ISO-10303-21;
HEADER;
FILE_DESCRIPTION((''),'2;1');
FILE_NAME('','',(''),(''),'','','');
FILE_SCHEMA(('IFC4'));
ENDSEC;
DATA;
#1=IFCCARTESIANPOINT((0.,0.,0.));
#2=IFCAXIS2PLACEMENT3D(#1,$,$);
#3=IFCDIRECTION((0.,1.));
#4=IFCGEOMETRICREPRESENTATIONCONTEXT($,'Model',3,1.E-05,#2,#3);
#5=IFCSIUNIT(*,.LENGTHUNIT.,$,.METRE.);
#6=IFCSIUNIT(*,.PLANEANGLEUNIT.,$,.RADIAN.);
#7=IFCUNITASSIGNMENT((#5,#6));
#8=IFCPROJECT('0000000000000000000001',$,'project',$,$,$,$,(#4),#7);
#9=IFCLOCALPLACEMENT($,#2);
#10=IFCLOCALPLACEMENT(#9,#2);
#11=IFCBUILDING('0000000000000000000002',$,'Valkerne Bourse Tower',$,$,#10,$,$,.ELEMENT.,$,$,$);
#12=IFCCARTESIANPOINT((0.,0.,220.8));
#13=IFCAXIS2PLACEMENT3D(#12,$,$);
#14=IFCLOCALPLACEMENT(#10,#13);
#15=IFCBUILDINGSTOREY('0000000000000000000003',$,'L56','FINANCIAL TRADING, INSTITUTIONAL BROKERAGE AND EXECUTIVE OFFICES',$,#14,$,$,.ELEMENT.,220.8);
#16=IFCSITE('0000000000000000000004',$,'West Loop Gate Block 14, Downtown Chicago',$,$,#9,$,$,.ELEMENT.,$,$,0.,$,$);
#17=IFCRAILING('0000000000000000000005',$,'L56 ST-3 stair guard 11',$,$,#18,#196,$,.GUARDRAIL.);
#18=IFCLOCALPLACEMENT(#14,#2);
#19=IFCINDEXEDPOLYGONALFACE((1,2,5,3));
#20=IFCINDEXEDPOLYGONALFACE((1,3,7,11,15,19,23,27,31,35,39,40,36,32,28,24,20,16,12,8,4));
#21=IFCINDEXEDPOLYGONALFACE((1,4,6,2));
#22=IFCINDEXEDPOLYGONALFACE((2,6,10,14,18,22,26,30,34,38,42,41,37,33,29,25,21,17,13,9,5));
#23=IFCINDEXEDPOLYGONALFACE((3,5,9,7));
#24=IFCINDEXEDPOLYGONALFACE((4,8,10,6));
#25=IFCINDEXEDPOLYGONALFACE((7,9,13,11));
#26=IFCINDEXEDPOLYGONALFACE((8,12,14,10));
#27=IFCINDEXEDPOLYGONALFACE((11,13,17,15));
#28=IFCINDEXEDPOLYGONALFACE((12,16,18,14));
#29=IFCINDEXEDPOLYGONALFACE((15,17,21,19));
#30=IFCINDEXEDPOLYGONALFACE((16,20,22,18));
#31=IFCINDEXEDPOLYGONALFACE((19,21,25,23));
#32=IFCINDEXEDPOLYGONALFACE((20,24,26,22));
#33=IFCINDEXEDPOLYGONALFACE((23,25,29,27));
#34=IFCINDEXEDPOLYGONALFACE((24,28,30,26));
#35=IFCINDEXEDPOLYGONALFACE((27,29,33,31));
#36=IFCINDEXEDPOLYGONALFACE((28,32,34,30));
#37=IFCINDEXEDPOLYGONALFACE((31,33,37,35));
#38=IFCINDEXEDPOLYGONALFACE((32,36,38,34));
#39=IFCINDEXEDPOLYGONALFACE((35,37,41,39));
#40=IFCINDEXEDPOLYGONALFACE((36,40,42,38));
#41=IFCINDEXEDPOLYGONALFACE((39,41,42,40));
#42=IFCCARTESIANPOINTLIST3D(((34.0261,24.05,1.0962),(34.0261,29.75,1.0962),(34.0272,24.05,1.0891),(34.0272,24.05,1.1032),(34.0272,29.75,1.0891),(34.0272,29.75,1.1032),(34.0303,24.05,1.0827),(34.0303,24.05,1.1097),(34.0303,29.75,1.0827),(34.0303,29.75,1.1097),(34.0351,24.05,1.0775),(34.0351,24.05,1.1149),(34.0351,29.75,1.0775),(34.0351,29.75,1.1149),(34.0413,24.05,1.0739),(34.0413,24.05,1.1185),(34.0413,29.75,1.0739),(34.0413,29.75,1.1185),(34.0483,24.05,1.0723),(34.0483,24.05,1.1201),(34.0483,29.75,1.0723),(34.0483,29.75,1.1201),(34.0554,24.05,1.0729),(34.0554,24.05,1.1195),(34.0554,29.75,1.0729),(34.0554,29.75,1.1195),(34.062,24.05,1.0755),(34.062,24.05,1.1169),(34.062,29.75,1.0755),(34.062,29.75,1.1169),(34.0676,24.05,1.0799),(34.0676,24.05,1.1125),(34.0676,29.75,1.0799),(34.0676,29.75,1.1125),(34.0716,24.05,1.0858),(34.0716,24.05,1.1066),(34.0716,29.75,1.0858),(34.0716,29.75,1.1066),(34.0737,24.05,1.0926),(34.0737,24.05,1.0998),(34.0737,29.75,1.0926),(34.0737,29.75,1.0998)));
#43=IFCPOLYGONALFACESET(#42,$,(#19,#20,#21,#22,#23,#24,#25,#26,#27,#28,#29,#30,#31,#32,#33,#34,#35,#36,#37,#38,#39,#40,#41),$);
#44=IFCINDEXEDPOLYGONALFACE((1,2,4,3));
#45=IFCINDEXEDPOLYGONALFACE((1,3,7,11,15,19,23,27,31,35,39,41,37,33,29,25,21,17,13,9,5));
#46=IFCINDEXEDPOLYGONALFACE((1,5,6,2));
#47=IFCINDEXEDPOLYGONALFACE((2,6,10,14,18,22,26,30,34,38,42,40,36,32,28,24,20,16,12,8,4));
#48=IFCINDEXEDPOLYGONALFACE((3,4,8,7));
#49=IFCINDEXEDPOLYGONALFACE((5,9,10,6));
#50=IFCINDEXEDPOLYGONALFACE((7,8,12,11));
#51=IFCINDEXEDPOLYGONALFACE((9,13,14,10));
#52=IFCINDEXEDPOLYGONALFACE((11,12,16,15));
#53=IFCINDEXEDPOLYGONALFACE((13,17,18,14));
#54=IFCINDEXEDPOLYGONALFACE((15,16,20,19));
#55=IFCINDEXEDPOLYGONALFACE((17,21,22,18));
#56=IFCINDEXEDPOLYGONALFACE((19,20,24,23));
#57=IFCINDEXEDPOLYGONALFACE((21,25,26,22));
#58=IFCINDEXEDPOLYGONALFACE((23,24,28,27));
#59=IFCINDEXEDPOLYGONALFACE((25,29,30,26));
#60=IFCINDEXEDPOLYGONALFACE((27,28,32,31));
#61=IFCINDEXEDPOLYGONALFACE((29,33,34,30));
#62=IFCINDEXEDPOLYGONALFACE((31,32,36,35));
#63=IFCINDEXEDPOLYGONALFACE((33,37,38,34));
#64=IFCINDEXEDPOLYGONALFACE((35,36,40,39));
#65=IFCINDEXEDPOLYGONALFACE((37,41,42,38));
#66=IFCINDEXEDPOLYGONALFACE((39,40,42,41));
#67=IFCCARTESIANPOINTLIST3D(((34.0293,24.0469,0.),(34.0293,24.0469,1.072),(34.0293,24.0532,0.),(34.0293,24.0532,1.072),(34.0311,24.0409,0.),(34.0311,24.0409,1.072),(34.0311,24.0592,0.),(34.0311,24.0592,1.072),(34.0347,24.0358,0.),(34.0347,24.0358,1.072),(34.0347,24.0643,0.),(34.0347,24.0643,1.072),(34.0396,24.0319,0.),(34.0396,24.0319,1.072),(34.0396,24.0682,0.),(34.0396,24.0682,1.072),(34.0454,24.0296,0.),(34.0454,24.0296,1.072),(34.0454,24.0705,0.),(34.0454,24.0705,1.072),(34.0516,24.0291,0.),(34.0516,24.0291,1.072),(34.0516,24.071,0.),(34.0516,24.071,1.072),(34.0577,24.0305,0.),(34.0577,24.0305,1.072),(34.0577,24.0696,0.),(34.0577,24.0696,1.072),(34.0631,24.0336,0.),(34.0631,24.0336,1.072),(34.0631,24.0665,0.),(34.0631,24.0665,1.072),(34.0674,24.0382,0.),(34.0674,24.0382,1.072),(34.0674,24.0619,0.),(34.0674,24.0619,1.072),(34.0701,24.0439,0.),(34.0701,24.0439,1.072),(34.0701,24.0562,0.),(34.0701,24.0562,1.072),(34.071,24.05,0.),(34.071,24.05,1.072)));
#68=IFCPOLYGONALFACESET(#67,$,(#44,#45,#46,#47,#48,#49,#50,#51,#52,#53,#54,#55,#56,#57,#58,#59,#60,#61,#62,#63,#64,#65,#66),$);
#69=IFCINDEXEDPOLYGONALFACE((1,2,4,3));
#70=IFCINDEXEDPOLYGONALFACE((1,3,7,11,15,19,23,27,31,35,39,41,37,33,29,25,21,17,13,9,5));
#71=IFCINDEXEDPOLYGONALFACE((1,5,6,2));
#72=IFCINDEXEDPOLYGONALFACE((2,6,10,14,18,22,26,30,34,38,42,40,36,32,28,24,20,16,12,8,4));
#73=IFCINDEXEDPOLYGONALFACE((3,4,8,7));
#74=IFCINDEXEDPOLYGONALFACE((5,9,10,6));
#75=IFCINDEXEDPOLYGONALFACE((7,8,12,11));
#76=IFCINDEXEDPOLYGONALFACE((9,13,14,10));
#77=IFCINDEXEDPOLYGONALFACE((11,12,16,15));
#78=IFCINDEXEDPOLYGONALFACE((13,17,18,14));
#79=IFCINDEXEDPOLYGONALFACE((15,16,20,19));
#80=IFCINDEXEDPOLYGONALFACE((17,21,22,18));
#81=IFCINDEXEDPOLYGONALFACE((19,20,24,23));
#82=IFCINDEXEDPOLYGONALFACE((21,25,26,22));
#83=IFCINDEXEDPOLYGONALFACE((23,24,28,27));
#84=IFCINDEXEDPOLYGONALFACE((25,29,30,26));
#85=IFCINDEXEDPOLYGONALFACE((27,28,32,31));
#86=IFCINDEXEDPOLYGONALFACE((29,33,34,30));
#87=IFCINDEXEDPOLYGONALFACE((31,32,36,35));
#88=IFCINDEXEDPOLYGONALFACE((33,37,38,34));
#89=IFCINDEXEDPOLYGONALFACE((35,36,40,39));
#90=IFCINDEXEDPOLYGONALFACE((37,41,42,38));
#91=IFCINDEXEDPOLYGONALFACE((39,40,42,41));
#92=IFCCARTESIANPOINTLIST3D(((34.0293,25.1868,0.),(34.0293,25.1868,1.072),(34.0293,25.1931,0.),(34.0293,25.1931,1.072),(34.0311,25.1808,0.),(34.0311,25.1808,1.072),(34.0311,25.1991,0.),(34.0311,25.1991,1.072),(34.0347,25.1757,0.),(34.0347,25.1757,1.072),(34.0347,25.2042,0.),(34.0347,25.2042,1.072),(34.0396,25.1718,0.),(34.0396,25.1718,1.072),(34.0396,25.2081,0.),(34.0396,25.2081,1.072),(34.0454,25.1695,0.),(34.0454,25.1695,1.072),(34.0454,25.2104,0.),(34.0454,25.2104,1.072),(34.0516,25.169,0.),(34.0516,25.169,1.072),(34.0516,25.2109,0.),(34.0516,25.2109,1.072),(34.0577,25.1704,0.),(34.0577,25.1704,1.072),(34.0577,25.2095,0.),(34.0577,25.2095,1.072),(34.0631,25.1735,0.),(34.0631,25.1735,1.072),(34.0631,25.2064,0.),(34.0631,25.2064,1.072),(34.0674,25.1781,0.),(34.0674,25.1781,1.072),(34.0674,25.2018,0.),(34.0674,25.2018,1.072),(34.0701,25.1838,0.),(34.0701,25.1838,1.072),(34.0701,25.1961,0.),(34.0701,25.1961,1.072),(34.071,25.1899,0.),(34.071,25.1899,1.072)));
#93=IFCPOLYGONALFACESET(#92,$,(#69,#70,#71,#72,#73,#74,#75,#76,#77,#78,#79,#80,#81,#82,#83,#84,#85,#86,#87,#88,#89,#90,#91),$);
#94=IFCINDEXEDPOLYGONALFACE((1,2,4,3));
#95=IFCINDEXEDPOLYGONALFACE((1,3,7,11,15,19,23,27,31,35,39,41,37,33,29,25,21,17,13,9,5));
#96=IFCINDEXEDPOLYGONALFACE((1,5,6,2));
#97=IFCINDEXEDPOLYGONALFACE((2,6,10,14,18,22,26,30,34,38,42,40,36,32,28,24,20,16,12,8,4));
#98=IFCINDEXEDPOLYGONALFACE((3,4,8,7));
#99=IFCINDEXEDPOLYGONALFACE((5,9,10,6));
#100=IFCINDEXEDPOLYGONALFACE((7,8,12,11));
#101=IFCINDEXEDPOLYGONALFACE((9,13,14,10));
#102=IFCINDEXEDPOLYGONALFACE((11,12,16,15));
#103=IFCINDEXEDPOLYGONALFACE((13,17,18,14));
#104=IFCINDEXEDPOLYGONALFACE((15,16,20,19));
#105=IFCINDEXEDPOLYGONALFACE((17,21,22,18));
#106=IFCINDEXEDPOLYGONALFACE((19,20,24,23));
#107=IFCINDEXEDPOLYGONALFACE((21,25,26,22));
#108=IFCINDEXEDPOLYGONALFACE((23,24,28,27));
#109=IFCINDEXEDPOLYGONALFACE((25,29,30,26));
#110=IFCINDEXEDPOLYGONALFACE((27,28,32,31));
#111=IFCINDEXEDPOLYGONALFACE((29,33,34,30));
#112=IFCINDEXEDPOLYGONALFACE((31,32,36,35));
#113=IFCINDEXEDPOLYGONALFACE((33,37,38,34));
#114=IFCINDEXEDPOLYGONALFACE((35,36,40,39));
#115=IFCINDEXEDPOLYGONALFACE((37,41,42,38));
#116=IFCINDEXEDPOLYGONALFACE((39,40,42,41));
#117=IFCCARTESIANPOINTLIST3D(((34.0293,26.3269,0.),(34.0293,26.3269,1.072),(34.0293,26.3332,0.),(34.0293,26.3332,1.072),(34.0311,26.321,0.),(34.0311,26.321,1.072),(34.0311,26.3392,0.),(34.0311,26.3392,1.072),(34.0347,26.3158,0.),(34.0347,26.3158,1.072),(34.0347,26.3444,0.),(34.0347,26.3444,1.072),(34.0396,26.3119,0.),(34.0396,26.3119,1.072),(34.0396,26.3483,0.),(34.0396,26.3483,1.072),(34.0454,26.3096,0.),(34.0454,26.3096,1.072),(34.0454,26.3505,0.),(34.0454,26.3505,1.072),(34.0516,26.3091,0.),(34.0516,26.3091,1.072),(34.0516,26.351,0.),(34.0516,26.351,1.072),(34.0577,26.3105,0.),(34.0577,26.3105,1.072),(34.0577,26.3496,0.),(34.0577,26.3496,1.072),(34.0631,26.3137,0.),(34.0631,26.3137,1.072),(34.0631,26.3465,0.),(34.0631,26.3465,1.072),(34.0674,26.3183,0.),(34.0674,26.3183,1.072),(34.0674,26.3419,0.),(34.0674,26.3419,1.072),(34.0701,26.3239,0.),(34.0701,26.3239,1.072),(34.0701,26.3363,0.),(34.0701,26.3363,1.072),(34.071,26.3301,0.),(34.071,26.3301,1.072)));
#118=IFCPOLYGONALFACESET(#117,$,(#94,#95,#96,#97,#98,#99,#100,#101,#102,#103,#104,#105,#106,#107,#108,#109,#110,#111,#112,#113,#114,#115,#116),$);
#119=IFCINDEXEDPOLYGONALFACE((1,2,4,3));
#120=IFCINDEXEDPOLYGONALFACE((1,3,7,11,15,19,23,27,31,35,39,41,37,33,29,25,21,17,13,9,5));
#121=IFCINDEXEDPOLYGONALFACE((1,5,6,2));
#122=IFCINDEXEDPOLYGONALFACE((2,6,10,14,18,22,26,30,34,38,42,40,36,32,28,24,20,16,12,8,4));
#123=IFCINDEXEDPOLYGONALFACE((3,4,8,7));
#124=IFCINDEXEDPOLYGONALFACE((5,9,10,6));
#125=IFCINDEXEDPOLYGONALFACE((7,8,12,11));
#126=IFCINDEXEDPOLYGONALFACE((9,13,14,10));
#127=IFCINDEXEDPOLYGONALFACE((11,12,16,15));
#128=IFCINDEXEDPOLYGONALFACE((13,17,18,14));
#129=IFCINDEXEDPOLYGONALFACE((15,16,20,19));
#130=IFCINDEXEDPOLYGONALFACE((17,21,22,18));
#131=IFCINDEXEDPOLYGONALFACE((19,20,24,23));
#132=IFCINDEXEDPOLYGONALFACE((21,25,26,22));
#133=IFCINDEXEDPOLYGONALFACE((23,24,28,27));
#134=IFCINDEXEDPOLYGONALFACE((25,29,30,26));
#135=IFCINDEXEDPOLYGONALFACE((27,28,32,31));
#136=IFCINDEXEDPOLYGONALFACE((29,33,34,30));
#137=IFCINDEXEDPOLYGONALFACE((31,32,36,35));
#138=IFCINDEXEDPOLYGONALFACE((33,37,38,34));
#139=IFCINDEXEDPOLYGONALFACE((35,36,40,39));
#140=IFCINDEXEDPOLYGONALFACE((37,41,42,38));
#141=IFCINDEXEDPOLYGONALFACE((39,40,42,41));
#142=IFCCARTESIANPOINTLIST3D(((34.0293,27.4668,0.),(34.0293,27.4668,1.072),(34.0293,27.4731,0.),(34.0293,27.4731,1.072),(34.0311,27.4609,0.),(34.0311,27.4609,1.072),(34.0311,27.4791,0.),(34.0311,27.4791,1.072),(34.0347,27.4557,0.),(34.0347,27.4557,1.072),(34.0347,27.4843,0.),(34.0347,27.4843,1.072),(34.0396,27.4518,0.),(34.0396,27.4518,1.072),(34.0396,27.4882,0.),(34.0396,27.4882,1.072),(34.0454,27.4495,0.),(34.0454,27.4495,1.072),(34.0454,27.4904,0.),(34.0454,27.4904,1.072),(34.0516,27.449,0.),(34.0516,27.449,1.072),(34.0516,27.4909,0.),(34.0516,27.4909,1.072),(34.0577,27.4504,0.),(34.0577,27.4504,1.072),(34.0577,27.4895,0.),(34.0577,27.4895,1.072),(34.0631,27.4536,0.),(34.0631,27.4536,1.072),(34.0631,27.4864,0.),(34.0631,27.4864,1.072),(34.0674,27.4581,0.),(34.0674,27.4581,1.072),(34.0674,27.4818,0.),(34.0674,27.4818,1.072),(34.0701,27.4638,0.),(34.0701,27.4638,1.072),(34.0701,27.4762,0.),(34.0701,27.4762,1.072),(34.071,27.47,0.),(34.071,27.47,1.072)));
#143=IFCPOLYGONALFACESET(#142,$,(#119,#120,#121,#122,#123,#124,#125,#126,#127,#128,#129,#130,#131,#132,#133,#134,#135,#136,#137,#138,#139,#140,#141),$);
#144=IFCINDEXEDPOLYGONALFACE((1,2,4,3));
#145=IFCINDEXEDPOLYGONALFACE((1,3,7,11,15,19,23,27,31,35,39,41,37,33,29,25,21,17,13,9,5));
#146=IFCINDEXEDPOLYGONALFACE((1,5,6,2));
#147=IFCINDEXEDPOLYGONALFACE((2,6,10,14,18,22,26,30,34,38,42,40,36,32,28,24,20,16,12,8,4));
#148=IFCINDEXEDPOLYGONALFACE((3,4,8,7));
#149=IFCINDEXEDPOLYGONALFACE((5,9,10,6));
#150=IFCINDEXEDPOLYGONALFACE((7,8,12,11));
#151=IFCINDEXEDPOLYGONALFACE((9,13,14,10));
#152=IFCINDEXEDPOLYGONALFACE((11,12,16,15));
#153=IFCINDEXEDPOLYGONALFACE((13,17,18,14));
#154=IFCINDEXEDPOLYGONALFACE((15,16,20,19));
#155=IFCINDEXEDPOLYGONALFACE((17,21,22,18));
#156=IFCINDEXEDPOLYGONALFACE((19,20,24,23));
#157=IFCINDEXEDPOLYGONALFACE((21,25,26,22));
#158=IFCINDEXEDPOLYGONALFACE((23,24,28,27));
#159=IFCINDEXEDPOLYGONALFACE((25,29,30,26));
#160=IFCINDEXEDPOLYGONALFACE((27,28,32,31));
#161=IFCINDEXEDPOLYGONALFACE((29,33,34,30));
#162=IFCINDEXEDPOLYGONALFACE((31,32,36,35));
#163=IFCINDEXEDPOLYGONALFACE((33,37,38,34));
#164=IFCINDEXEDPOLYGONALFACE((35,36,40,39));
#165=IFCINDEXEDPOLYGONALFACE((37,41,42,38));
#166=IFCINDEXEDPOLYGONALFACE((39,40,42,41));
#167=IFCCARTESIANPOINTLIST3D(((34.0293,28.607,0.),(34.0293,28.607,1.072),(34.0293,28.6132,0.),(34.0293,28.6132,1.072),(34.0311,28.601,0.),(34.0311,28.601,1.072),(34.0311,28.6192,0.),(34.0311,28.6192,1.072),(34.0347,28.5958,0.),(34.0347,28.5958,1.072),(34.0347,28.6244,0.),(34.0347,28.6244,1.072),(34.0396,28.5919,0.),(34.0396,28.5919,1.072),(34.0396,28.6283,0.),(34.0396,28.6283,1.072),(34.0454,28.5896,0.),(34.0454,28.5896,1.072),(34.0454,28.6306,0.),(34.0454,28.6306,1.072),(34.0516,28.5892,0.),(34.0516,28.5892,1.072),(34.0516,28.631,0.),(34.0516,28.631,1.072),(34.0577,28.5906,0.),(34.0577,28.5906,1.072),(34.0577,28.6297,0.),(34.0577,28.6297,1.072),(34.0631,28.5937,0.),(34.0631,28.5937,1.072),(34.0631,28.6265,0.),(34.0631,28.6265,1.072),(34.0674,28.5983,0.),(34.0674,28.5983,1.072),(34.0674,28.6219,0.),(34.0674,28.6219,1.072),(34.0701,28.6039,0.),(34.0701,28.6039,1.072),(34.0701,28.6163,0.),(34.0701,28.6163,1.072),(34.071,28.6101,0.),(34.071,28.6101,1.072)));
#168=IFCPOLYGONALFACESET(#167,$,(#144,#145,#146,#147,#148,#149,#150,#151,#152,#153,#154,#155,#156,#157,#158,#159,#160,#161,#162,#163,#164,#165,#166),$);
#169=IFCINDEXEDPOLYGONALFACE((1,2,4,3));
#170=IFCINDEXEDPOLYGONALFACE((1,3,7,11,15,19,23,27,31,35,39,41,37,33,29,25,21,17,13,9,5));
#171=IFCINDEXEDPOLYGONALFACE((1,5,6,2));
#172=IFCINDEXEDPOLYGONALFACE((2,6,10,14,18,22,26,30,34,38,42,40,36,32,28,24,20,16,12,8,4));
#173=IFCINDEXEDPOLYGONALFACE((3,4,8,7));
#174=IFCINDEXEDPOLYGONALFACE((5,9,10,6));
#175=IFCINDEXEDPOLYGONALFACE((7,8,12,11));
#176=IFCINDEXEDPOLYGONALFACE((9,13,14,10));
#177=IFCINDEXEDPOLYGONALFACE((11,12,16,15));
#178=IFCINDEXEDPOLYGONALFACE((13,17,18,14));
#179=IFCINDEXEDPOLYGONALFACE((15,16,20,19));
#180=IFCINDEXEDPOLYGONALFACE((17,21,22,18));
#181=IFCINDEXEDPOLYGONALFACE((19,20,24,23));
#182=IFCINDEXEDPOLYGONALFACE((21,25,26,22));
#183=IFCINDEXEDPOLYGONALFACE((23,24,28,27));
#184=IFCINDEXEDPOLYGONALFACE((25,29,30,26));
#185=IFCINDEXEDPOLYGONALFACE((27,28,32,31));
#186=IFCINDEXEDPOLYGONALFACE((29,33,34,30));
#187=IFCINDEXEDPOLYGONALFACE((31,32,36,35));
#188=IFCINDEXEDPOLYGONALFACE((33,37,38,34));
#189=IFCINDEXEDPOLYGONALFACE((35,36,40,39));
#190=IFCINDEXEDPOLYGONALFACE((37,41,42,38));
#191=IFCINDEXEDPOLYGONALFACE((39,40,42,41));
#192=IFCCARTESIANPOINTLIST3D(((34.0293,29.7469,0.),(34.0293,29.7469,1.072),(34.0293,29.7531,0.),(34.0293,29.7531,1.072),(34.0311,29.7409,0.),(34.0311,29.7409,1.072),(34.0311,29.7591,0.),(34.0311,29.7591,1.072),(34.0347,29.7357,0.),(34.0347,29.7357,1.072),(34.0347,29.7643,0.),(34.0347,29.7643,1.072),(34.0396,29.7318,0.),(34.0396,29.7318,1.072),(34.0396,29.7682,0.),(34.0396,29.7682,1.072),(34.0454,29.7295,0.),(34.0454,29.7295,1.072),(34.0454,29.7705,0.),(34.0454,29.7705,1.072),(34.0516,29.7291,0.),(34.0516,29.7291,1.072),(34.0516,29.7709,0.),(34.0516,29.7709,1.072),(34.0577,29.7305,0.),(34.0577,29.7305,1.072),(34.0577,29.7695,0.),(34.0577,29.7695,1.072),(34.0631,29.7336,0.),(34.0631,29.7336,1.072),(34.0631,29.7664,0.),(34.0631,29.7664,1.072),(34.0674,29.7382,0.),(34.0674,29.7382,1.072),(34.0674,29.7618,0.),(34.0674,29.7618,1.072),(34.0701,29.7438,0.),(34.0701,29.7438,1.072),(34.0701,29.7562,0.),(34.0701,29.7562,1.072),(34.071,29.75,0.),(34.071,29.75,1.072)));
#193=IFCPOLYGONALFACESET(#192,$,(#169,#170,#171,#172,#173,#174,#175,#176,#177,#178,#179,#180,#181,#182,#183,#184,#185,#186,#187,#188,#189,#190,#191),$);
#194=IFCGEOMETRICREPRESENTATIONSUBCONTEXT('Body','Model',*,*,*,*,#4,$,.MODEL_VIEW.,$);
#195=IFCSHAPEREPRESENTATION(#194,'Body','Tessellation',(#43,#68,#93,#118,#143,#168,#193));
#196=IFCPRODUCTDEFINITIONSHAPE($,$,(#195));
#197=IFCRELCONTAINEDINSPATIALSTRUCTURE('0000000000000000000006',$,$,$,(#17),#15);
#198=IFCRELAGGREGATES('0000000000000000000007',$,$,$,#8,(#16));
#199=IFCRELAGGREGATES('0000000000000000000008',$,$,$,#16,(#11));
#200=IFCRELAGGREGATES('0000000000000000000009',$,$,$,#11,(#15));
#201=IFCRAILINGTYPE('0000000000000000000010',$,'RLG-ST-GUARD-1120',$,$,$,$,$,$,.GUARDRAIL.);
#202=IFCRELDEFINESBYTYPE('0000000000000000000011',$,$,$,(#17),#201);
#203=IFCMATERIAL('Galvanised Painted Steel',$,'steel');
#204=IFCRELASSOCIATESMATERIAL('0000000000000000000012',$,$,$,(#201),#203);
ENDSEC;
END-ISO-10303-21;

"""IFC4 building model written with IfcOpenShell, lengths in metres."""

from ifc_helpers import new_model, si_unit, direction, frame, origin, origin_2d, place, context, subcontext, project, spatial, circle, extrude, material, type_object, element, save


model = new_model("IFC4")

# Units and contexts
model_context = context("Model", 3, precision=1e-05, world=origin(), true_north=direction((0.0, 1.0)))
body_context = subcontext(model_context, "Body", "Model", "MODEL_VIEW")
ifc_project = project(units=[si_unit("LENGTHUNIT", "METRE"), si_unit("PLANEANGLEUNIT", "RADIAN")], contexts=[model_context])

# Site, building, storey
site_placement = place(None, origin())
site = spatial("IfcSite", under=ifc_project, at=site_placement, Name="West Loop Gate Block 14, Downtown Chicago", CompositionType="ELEMENT", RefElevation=0.0)
building_placement = place(site_placement, origin())
building = spatial("IfcBuilding", under=site, at=building_placement, Name="Valkerne Bourse Tower", CompositionType="ELEMENT")
storey_placement = place(building_placement, frame((0.0, 0.0, 220.8)))
storey = spatial("IfcBuildingStorey", under=building, at=storey_placement, Name="L56", Description="FINANCIAL TRADING, INSTITUTIONAL BROKERAGE AND EXECUTIVE OFFICES", CompositionType="ELEMENT", Elevation=220.8)

# Shared definitions
ifc_material_1 = material(Name="Galvanised Painted Steel", Category="steel")

# Railing
railing_type_1 = type_object("IfcRailingType", Name="RLG-ST-GUARD-1120", PredefinedType="GUARDRAIL", material=ifc_material_1)
railing_1_placement = place(storey_placement, frame((34.05, 24.05, 0.0)))
element("IfcRailing", 1, at=railing_1_placement, inside=storey, type_object=railing_type_1, Name="L56 ST-3 stair guard 11", PredefinedType="GUARDRAIL", context=body_context, shape_type="SweptSolid", body=[
    extrude(circle(Radius=0.0239, at=origin_2d()), frame((0.0, 0.0, 1.0962), z_axis=(0.0, 1.0, 0.0), x_axis=(-1.0, 0.0, 0.0)), (0.0, 0.0, 1.0), 5.7),
    extrude(circle(Radius=0.021, at=origin_2d()), origin(), (0.0, 0.0, 1.0), 1.072),
    extrude(circle(Radius=0.021, at=origin_2d()), frame((0.0, 1.1399, 0.0)), (0.0, 0.0, 1.0), 1.072),
    extrude(circle(Radius=0.021, at=origin_2d()), frame((0.0, 2.28, 0.0)), (0.0, 0.0, 1.0), 1.072),
    extrude(circle(Radius=0.021, at=origin_2d()), frame((0.0, 3.4199, 0.0)), (0.0, 0.0, 1.0), 1.072),
    extrude(circle(Radius=0.021, at=origin_2d()), frame((0.0, 4.5601, 0.0)), (0.0, 0.0, 1.0), 1.072),
    extrude(circle(Radius=0.021, at=origin_2d()), frame((0.0, 5.7, 0.0)), (0.0, 0.0, 1.0), 1.072),
])

save(model, "model.ifc")
